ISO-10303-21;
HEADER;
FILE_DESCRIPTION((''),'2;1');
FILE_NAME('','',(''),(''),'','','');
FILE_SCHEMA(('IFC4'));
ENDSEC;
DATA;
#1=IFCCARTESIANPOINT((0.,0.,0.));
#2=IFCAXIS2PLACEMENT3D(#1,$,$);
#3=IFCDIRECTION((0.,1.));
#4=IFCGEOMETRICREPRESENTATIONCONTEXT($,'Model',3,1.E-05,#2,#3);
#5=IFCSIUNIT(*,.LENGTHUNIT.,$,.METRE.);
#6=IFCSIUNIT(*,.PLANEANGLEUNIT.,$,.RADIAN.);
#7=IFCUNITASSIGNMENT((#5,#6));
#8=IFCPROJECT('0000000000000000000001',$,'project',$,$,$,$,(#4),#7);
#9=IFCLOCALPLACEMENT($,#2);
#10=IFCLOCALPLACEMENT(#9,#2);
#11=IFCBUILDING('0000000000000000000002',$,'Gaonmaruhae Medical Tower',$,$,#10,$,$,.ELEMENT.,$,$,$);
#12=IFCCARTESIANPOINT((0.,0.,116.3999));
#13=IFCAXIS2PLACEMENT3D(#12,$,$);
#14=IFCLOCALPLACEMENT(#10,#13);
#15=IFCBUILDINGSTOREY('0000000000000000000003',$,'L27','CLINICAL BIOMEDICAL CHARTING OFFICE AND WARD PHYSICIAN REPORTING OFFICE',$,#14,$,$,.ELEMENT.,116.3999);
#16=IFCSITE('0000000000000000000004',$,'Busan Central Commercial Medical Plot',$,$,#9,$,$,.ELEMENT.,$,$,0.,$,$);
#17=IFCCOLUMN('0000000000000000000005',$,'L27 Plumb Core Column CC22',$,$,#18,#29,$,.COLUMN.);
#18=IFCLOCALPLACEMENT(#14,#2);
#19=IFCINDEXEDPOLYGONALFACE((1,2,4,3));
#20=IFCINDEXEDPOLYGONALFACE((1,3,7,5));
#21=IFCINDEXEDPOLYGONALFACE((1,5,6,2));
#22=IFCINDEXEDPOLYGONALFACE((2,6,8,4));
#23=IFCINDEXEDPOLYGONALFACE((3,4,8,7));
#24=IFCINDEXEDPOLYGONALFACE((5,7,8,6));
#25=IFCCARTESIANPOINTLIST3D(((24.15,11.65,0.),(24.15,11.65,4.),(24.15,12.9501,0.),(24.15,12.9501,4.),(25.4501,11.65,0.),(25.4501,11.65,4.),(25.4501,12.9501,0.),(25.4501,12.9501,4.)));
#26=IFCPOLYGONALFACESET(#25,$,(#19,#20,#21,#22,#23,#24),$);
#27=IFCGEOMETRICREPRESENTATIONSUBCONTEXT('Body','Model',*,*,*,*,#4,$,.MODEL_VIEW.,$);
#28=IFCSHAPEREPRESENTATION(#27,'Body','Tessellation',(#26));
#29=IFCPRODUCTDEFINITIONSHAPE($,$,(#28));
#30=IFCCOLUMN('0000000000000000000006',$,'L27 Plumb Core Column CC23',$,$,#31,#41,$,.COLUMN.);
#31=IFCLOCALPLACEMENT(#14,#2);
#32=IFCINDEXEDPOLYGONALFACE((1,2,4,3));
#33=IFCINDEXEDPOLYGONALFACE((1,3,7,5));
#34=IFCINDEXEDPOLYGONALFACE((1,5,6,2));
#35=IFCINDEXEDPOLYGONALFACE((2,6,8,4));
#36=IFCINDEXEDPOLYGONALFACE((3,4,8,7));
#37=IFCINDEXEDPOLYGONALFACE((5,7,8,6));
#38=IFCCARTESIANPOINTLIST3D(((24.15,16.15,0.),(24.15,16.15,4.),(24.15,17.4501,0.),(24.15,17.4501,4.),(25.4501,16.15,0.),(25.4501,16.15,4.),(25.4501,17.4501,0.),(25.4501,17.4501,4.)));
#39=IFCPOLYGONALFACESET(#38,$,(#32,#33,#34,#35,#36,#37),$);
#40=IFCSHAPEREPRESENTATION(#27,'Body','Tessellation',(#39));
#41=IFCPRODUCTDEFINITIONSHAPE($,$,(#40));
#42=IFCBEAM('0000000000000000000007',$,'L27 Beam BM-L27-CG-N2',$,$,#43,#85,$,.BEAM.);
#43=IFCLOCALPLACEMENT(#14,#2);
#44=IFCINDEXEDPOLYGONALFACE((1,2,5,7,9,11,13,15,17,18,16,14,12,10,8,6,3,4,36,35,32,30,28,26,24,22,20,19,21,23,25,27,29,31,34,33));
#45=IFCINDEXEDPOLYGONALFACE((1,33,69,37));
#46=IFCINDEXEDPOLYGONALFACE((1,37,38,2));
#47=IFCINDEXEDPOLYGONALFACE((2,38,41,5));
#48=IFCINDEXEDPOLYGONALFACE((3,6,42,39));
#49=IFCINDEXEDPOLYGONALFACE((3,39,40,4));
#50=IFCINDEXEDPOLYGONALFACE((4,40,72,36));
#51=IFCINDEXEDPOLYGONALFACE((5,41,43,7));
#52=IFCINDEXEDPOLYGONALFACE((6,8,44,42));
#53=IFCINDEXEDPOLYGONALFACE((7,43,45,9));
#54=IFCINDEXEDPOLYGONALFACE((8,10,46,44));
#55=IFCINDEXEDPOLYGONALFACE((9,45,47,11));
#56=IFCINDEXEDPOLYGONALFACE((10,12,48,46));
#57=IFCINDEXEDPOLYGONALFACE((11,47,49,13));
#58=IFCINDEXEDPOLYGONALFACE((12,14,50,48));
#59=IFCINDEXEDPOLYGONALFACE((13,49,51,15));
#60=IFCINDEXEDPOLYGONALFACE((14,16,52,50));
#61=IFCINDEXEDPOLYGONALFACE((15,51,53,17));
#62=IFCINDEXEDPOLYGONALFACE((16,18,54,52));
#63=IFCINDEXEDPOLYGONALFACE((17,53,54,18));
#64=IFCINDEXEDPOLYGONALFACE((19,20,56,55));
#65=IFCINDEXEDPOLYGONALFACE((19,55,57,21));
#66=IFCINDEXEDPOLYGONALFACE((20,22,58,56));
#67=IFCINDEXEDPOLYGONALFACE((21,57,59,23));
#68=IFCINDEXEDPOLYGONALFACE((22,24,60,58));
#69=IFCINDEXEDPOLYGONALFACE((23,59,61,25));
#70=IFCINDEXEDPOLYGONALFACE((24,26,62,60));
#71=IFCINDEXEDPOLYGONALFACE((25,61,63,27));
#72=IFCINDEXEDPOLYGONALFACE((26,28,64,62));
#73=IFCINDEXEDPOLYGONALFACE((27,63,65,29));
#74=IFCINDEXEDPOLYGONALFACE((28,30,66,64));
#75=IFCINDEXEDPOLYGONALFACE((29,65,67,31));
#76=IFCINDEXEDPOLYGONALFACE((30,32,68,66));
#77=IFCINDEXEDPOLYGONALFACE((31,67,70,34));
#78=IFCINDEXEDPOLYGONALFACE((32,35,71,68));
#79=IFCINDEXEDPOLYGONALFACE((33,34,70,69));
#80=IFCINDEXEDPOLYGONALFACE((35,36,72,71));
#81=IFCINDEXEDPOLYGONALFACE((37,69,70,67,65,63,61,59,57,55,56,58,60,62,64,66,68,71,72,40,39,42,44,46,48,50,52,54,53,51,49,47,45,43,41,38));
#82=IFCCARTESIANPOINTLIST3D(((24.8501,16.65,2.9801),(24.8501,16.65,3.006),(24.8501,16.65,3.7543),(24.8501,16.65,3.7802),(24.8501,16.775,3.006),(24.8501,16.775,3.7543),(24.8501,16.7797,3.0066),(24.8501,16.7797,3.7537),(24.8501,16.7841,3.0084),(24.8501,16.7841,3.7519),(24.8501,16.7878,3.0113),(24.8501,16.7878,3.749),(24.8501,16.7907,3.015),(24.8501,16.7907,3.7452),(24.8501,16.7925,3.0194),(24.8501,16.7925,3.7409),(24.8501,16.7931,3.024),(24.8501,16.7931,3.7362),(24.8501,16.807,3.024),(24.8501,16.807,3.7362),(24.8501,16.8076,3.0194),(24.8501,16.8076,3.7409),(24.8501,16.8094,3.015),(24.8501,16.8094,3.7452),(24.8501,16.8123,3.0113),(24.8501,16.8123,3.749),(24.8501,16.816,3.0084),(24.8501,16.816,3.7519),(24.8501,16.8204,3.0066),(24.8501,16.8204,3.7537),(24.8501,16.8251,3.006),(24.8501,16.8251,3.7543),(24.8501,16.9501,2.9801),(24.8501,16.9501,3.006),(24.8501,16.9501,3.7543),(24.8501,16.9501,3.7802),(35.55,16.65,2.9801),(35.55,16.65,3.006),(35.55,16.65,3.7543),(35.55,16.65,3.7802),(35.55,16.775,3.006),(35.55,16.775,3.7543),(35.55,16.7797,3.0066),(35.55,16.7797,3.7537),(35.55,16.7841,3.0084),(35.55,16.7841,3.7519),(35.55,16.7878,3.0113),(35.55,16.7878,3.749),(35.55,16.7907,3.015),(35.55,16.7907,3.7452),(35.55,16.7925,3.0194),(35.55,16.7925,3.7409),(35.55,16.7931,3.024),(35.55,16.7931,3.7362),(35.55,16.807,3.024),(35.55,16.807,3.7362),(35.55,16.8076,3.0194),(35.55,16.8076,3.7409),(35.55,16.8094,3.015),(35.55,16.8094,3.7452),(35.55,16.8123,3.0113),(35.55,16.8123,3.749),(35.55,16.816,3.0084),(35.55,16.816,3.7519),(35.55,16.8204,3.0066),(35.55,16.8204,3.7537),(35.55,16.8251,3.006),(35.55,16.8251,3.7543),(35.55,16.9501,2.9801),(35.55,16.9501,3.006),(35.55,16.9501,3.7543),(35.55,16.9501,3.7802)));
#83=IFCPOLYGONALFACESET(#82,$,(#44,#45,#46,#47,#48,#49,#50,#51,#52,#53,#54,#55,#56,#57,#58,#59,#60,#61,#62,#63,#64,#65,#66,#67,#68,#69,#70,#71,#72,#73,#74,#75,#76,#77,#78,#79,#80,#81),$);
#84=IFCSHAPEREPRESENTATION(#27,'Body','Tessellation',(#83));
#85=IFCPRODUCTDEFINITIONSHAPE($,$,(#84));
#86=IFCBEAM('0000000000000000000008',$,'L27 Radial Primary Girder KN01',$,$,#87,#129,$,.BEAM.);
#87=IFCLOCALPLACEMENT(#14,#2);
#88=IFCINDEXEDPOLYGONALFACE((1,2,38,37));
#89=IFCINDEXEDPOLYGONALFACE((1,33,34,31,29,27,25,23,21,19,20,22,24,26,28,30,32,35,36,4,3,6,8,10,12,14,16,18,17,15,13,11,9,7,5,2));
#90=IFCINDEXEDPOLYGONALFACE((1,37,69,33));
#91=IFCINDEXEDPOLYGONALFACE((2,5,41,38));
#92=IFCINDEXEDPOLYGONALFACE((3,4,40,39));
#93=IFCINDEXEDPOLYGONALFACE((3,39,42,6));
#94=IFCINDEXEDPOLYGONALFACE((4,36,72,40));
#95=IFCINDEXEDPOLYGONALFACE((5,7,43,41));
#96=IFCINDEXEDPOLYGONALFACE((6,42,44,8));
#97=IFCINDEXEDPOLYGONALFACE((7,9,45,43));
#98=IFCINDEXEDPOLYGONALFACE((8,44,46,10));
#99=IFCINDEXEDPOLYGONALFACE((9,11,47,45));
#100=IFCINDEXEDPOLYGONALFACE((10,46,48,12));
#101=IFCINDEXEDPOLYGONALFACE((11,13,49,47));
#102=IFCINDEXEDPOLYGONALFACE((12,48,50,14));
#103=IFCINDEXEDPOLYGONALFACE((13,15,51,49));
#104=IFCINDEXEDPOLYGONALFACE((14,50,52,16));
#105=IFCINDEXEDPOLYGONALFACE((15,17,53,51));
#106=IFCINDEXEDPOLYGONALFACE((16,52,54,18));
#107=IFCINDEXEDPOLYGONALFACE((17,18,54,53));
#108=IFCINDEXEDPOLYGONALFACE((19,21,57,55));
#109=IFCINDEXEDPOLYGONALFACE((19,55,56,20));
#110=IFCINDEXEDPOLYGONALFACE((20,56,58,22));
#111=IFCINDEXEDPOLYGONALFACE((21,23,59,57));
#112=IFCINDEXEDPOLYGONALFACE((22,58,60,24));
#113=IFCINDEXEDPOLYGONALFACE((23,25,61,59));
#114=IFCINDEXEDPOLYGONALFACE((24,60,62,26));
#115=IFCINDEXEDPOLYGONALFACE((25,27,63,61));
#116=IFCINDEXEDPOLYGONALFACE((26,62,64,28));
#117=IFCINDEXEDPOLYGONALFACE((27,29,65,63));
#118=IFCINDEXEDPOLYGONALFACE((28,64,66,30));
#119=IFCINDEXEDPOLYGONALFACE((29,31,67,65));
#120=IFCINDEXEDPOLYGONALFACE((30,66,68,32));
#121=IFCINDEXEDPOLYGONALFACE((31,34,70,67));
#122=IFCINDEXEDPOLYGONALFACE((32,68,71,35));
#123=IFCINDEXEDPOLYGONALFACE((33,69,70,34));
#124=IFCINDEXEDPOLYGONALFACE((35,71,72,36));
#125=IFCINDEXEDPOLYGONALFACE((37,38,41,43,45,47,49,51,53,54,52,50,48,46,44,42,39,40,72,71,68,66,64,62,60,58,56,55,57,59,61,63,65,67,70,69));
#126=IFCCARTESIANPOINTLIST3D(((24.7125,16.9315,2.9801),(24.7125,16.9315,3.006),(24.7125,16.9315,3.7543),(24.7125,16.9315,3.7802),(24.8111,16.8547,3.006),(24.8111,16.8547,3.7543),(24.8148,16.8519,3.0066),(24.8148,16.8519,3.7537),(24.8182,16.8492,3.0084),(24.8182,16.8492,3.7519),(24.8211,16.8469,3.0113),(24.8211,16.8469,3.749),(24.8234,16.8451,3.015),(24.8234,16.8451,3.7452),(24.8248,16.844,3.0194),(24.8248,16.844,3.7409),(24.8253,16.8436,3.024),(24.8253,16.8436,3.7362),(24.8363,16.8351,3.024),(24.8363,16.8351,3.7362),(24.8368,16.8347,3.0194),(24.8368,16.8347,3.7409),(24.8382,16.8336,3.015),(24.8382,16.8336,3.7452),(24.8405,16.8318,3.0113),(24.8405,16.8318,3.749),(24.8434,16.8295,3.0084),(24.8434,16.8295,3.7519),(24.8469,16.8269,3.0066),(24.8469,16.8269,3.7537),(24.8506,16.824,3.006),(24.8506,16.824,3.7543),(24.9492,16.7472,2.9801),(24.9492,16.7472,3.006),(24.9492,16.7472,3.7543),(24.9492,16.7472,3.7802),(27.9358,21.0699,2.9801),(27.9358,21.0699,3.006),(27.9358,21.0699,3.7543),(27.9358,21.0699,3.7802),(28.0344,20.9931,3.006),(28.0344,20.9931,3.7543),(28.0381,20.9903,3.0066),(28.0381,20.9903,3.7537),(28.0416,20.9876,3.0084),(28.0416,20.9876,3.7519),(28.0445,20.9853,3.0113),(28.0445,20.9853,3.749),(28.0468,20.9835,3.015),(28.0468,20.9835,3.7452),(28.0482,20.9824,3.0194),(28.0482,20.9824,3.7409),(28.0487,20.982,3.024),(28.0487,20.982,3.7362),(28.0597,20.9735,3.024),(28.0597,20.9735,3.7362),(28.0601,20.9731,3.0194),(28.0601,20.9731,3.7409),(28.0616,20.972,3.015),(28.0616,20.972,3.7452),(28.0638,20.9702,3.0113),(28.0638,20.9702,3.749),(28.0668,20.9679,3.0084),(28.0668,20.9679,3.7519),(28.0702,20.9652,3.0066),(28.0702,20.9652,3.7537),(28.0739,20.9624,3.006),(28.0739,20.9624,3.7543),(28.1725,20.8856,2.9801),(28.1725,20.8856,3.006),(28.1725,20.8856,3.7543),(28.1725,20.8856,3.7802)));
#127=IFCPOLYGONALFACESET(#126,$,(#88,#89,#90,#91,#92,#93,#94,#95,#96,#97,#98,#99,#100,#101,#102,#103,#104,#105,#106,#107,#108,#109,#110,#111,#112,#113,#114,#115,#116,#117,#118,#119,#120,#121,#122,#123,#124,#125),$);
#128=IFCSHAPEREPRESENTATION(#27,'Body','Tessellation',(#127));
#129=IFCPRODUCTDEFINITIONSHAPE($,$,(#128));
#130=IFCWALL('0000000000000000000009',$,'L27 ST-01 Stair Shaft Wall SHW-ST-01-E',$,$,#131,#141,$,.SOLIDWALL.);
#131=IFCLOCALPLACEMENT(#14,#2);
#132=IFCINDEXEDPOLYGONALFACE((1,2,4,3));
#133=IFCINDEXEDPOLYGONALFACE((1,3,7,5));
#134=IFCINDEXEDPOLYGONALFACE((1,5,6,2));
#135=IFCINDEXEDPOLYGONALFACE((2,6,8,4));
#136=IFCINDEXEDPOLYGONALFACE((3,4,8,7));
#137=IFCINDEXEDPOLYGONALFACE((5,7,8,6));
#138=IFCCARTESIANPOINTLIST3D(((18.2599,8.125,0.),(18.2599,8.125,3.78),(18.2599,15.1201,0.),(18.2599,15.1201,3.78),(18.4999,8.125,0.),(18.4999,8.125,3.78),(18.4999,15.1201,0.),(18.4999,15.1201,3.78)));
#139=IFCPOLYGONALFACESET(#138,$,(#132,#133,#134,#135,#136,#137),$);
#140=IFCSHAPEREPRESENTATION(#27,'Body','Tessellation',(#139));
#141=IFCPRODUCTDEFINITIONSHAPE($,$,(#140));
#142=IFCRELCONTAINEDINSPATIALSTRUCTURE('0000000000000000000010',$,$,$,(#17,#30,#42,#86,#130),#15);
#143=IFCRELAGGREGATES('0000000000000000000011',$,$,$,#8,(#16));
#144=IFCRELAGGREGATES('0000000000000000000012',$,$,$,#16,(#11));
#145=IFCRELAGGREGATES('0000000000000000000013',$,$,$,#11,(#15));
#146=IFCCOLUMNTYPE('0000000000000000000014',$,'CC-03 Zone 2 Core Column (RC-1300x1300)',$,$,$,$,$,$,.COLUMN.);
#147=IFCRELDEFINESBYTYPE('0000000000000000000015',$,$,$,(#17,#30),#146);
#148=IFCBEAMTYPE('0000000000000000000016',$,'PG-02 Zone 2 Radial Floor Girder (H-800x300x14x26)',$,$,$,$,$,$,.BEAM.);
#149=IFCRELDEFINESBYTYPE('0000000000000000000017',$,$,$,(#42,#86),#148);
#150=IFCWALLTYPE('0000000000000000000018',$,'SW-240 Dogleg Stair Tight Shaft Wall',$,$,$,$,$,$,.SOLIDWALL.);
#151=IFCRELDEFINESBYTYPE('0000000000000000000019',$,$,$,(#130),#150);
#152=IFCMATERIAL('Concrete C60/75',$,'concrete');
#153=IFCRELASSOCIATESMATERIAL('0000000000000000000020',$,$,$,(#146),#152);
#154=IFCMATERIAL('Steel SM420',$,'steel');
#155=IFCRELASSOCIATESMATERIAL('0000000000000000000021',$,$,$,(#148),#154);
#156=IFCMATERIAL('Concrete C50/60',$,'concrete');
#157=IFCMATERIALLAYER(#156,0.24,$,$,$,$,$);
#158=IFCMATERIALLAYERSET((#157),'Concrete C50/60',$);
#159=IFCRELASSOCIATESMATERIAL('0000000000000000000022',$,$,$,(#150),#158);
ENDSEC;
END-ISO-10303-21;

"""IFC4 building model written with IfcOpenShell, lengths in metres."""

from ifc_helpers import new_model, si_unit, direction, frame, frame_2d, origin, origin_2d, place, context, subcontext, project, spatial, rectangle, i_section, extrude, material, layer, layer_set, material_profile, profile_set, type_object, element, save


model = new_model("IFC4")

# Units and contexts
model_context = context("Model", 3, precision=1e-05, world=origin(), true_north=direction((0.0, 1.0)))
body_context = subcontext(model_context, "Body", "Model", "MODEL_VIEW")
ifc_project = project(units=[si_unit("LENGTHUNIT", "METRE"), si_unit("PLANEANGLEUNIT", "RADIAN")], contexts=[model_context])

# Site, building, storey
site_placement = place(None, origin())
site = spatial("IfcSite", under=ifc_project, at=site_placement, Name="Busan Central Commercial Medical Plot", CompositionType="ELEMENT", RefElevation=0.0)
building_placement = place(site_placement, origin())
building = spatial("IfcBuilding", under=site, at=building_placement, Name="Gaonmaruhae Medical Tower", CompositionType="ELEMENT")
storey_placement = place(building_placement, frame((0.0, 0.0, 116.3999)))
storey = spatial("IfcBuildingStorey", under=building, at=storey_placement, Name="L27", Description="CLINICAL BIOMEDICAL CHARTING OFFICE AND WARD PHYSICIAN REPORTING OFFICE", CompositionType="ELEMENT", Elevation=116.3999)

# Columns
ifc_material_1 = material(Name="Concrete C60/75", Category="concrete")
ifc_material_profile_1 = material_profile(ifc_material_1, rectangle(XDim=1.3, YDim=1.3, at=origin_2d()), Name="RC-1300x1300")
ifc_profile_set_1 = profile_set([ifc_material_profile_1], Name="Concrete C60/75")
column_type = type_object("IfcColumnType", Name="CC-03 Zone 2 Core Column (RC-1300x1300)", PredefinedType="COLUMN", material=ifc_profile_set_1)
for number, where, z_axis, x_axis, name in (
    (1, (24.8, 12.3, 0.0), (0.0, 0.0, 1.0), (1.0, 0.0, 0.0), "L27 Plumb Core Column CC22"),
    (2, (24.8, 16.8, 0.0), (0.0, 0.0, 1.0), (1.0, 0.0, 0.0), "L27 Plumb Core Column CC23"),
):
    element("IfcColumn", number, at=place(storey_placement, frame(where, z_axis=z_axis, x_axis=x_axis)), inside=storey, type_object=column_type, Name=name, PredefinedType="COLUMN", context=body_context, shape_type="SweptSolid", body=[
        extrude(rectangle(XDim=1.3, YDim=1.3, at=origin_2d()), origin(), (0.0, 0.0, 1.0), 4.0),
    ])

# Beams
ifc_material_2 = material(Name="Steel SM420", Category="steel")
ifc_material_profile_2 = material_profile(ifc_material_2, i_section(OverallWidth=0.3, OverallDepth=0.8, WebThickness=0.0139, FlangeThickness=0.0259, FilletRadius=0.0181, at=origin_2d()), Name="H-800x300x14x26")
ifc_profile_set_2 = profile_set([ifc_material_profile_2], Name="Steel SM420")
beam_type = type_object("IfcBeamType", Name="PG-02 Zone 2 Radial Floor Girder (H-800x300x14x26)", PredefinedType="BEAM", material=ifc_profile_set_2)
beam_1_placement = place(storey_placement, frame((24.8501, 16.8, 3.3801), z_axis=(1.0, 0.0, 0.0), x_axis=(0.0, 1.0, 0.0)))
element("IfcBeam", 3, at=beam_1_placement, inside=storey, type_object=beam_type, Name="L27 Beam BM-L27-CG-N2", PredefinedType="BEAM", context=body_context, shape_type="SweptSolid", body=[
    extrude(i_section(OverallWidth=0.3, OverallDepth=0.8, WebThickness=0.0139, FlangeThickness=0.0259, FilletRadius=0.0181, at=origin_2d()), origin(), (0.0, 0.0, 1.0), 10.7),
])
beam_2_placement = place(storey_placement, frame((24.8308, 16.8394, 3.3801), z_axis=(0.614488, 0.788926, 0.0), x_axis=(-0.788926, 0.614488, 0.0)))
element("IfcBeam", 4, at=beam_2_placement, inside=storey, type_object=beam_type, Name="L27 Radial Primary Girder KN01", PredefinedType="BEAM", context=body_context, shape_type="SweptSolid", body=[
    extrude(i_section(OverallWidth=0.3, OverallDepth=0.8, WebThickness=0.0139, FlangeThickness=0.0259, FilletRadius=0.0181, at=origin_2d()), origin(), (0.0, 0.0, 1.0), 5.2456),
])

# Wall
ifc_material_3 = material(Name="Concrete C50/60", Category="concrete")
ifc_layer_1 = layer(ifc_material_3, 0.24)
ifc_layer_set_1 = layer_set([ifc_layer_1], Name="Concrete C50/60")
wall_type_1 = type_object("IfcWallType", Name="SW-240 Dogleg Stair Tight Shaft Wall", PredefinedType="SOLIDWALL", material=ifc_layer_set_1)
wall_1_placement = place(storey_placement, frame((18.3799, 15.1201, 0.0), z_axis=(0.0, 0.0, 1.0), x_axis=(0.0, -1.0, 0.0)))
element("IfcWall", 5, at=wall_1_placement, inside=storey, type_object=wall_type_1, Name="L27 ST-01 Stair Shaft Wall SHW-ST-01-E", PredefinedType="SOLIDWALL", context=body_context, shape_type="SweptSolid", body=[
    extrude(rectangle(XDim=6.9951, YDim=0.24, at=frame_2d((3.4976, 0.0))), origin(), (0.0, 0.0, 1.0), 3.78),
])

save(model, "model.ifc")
